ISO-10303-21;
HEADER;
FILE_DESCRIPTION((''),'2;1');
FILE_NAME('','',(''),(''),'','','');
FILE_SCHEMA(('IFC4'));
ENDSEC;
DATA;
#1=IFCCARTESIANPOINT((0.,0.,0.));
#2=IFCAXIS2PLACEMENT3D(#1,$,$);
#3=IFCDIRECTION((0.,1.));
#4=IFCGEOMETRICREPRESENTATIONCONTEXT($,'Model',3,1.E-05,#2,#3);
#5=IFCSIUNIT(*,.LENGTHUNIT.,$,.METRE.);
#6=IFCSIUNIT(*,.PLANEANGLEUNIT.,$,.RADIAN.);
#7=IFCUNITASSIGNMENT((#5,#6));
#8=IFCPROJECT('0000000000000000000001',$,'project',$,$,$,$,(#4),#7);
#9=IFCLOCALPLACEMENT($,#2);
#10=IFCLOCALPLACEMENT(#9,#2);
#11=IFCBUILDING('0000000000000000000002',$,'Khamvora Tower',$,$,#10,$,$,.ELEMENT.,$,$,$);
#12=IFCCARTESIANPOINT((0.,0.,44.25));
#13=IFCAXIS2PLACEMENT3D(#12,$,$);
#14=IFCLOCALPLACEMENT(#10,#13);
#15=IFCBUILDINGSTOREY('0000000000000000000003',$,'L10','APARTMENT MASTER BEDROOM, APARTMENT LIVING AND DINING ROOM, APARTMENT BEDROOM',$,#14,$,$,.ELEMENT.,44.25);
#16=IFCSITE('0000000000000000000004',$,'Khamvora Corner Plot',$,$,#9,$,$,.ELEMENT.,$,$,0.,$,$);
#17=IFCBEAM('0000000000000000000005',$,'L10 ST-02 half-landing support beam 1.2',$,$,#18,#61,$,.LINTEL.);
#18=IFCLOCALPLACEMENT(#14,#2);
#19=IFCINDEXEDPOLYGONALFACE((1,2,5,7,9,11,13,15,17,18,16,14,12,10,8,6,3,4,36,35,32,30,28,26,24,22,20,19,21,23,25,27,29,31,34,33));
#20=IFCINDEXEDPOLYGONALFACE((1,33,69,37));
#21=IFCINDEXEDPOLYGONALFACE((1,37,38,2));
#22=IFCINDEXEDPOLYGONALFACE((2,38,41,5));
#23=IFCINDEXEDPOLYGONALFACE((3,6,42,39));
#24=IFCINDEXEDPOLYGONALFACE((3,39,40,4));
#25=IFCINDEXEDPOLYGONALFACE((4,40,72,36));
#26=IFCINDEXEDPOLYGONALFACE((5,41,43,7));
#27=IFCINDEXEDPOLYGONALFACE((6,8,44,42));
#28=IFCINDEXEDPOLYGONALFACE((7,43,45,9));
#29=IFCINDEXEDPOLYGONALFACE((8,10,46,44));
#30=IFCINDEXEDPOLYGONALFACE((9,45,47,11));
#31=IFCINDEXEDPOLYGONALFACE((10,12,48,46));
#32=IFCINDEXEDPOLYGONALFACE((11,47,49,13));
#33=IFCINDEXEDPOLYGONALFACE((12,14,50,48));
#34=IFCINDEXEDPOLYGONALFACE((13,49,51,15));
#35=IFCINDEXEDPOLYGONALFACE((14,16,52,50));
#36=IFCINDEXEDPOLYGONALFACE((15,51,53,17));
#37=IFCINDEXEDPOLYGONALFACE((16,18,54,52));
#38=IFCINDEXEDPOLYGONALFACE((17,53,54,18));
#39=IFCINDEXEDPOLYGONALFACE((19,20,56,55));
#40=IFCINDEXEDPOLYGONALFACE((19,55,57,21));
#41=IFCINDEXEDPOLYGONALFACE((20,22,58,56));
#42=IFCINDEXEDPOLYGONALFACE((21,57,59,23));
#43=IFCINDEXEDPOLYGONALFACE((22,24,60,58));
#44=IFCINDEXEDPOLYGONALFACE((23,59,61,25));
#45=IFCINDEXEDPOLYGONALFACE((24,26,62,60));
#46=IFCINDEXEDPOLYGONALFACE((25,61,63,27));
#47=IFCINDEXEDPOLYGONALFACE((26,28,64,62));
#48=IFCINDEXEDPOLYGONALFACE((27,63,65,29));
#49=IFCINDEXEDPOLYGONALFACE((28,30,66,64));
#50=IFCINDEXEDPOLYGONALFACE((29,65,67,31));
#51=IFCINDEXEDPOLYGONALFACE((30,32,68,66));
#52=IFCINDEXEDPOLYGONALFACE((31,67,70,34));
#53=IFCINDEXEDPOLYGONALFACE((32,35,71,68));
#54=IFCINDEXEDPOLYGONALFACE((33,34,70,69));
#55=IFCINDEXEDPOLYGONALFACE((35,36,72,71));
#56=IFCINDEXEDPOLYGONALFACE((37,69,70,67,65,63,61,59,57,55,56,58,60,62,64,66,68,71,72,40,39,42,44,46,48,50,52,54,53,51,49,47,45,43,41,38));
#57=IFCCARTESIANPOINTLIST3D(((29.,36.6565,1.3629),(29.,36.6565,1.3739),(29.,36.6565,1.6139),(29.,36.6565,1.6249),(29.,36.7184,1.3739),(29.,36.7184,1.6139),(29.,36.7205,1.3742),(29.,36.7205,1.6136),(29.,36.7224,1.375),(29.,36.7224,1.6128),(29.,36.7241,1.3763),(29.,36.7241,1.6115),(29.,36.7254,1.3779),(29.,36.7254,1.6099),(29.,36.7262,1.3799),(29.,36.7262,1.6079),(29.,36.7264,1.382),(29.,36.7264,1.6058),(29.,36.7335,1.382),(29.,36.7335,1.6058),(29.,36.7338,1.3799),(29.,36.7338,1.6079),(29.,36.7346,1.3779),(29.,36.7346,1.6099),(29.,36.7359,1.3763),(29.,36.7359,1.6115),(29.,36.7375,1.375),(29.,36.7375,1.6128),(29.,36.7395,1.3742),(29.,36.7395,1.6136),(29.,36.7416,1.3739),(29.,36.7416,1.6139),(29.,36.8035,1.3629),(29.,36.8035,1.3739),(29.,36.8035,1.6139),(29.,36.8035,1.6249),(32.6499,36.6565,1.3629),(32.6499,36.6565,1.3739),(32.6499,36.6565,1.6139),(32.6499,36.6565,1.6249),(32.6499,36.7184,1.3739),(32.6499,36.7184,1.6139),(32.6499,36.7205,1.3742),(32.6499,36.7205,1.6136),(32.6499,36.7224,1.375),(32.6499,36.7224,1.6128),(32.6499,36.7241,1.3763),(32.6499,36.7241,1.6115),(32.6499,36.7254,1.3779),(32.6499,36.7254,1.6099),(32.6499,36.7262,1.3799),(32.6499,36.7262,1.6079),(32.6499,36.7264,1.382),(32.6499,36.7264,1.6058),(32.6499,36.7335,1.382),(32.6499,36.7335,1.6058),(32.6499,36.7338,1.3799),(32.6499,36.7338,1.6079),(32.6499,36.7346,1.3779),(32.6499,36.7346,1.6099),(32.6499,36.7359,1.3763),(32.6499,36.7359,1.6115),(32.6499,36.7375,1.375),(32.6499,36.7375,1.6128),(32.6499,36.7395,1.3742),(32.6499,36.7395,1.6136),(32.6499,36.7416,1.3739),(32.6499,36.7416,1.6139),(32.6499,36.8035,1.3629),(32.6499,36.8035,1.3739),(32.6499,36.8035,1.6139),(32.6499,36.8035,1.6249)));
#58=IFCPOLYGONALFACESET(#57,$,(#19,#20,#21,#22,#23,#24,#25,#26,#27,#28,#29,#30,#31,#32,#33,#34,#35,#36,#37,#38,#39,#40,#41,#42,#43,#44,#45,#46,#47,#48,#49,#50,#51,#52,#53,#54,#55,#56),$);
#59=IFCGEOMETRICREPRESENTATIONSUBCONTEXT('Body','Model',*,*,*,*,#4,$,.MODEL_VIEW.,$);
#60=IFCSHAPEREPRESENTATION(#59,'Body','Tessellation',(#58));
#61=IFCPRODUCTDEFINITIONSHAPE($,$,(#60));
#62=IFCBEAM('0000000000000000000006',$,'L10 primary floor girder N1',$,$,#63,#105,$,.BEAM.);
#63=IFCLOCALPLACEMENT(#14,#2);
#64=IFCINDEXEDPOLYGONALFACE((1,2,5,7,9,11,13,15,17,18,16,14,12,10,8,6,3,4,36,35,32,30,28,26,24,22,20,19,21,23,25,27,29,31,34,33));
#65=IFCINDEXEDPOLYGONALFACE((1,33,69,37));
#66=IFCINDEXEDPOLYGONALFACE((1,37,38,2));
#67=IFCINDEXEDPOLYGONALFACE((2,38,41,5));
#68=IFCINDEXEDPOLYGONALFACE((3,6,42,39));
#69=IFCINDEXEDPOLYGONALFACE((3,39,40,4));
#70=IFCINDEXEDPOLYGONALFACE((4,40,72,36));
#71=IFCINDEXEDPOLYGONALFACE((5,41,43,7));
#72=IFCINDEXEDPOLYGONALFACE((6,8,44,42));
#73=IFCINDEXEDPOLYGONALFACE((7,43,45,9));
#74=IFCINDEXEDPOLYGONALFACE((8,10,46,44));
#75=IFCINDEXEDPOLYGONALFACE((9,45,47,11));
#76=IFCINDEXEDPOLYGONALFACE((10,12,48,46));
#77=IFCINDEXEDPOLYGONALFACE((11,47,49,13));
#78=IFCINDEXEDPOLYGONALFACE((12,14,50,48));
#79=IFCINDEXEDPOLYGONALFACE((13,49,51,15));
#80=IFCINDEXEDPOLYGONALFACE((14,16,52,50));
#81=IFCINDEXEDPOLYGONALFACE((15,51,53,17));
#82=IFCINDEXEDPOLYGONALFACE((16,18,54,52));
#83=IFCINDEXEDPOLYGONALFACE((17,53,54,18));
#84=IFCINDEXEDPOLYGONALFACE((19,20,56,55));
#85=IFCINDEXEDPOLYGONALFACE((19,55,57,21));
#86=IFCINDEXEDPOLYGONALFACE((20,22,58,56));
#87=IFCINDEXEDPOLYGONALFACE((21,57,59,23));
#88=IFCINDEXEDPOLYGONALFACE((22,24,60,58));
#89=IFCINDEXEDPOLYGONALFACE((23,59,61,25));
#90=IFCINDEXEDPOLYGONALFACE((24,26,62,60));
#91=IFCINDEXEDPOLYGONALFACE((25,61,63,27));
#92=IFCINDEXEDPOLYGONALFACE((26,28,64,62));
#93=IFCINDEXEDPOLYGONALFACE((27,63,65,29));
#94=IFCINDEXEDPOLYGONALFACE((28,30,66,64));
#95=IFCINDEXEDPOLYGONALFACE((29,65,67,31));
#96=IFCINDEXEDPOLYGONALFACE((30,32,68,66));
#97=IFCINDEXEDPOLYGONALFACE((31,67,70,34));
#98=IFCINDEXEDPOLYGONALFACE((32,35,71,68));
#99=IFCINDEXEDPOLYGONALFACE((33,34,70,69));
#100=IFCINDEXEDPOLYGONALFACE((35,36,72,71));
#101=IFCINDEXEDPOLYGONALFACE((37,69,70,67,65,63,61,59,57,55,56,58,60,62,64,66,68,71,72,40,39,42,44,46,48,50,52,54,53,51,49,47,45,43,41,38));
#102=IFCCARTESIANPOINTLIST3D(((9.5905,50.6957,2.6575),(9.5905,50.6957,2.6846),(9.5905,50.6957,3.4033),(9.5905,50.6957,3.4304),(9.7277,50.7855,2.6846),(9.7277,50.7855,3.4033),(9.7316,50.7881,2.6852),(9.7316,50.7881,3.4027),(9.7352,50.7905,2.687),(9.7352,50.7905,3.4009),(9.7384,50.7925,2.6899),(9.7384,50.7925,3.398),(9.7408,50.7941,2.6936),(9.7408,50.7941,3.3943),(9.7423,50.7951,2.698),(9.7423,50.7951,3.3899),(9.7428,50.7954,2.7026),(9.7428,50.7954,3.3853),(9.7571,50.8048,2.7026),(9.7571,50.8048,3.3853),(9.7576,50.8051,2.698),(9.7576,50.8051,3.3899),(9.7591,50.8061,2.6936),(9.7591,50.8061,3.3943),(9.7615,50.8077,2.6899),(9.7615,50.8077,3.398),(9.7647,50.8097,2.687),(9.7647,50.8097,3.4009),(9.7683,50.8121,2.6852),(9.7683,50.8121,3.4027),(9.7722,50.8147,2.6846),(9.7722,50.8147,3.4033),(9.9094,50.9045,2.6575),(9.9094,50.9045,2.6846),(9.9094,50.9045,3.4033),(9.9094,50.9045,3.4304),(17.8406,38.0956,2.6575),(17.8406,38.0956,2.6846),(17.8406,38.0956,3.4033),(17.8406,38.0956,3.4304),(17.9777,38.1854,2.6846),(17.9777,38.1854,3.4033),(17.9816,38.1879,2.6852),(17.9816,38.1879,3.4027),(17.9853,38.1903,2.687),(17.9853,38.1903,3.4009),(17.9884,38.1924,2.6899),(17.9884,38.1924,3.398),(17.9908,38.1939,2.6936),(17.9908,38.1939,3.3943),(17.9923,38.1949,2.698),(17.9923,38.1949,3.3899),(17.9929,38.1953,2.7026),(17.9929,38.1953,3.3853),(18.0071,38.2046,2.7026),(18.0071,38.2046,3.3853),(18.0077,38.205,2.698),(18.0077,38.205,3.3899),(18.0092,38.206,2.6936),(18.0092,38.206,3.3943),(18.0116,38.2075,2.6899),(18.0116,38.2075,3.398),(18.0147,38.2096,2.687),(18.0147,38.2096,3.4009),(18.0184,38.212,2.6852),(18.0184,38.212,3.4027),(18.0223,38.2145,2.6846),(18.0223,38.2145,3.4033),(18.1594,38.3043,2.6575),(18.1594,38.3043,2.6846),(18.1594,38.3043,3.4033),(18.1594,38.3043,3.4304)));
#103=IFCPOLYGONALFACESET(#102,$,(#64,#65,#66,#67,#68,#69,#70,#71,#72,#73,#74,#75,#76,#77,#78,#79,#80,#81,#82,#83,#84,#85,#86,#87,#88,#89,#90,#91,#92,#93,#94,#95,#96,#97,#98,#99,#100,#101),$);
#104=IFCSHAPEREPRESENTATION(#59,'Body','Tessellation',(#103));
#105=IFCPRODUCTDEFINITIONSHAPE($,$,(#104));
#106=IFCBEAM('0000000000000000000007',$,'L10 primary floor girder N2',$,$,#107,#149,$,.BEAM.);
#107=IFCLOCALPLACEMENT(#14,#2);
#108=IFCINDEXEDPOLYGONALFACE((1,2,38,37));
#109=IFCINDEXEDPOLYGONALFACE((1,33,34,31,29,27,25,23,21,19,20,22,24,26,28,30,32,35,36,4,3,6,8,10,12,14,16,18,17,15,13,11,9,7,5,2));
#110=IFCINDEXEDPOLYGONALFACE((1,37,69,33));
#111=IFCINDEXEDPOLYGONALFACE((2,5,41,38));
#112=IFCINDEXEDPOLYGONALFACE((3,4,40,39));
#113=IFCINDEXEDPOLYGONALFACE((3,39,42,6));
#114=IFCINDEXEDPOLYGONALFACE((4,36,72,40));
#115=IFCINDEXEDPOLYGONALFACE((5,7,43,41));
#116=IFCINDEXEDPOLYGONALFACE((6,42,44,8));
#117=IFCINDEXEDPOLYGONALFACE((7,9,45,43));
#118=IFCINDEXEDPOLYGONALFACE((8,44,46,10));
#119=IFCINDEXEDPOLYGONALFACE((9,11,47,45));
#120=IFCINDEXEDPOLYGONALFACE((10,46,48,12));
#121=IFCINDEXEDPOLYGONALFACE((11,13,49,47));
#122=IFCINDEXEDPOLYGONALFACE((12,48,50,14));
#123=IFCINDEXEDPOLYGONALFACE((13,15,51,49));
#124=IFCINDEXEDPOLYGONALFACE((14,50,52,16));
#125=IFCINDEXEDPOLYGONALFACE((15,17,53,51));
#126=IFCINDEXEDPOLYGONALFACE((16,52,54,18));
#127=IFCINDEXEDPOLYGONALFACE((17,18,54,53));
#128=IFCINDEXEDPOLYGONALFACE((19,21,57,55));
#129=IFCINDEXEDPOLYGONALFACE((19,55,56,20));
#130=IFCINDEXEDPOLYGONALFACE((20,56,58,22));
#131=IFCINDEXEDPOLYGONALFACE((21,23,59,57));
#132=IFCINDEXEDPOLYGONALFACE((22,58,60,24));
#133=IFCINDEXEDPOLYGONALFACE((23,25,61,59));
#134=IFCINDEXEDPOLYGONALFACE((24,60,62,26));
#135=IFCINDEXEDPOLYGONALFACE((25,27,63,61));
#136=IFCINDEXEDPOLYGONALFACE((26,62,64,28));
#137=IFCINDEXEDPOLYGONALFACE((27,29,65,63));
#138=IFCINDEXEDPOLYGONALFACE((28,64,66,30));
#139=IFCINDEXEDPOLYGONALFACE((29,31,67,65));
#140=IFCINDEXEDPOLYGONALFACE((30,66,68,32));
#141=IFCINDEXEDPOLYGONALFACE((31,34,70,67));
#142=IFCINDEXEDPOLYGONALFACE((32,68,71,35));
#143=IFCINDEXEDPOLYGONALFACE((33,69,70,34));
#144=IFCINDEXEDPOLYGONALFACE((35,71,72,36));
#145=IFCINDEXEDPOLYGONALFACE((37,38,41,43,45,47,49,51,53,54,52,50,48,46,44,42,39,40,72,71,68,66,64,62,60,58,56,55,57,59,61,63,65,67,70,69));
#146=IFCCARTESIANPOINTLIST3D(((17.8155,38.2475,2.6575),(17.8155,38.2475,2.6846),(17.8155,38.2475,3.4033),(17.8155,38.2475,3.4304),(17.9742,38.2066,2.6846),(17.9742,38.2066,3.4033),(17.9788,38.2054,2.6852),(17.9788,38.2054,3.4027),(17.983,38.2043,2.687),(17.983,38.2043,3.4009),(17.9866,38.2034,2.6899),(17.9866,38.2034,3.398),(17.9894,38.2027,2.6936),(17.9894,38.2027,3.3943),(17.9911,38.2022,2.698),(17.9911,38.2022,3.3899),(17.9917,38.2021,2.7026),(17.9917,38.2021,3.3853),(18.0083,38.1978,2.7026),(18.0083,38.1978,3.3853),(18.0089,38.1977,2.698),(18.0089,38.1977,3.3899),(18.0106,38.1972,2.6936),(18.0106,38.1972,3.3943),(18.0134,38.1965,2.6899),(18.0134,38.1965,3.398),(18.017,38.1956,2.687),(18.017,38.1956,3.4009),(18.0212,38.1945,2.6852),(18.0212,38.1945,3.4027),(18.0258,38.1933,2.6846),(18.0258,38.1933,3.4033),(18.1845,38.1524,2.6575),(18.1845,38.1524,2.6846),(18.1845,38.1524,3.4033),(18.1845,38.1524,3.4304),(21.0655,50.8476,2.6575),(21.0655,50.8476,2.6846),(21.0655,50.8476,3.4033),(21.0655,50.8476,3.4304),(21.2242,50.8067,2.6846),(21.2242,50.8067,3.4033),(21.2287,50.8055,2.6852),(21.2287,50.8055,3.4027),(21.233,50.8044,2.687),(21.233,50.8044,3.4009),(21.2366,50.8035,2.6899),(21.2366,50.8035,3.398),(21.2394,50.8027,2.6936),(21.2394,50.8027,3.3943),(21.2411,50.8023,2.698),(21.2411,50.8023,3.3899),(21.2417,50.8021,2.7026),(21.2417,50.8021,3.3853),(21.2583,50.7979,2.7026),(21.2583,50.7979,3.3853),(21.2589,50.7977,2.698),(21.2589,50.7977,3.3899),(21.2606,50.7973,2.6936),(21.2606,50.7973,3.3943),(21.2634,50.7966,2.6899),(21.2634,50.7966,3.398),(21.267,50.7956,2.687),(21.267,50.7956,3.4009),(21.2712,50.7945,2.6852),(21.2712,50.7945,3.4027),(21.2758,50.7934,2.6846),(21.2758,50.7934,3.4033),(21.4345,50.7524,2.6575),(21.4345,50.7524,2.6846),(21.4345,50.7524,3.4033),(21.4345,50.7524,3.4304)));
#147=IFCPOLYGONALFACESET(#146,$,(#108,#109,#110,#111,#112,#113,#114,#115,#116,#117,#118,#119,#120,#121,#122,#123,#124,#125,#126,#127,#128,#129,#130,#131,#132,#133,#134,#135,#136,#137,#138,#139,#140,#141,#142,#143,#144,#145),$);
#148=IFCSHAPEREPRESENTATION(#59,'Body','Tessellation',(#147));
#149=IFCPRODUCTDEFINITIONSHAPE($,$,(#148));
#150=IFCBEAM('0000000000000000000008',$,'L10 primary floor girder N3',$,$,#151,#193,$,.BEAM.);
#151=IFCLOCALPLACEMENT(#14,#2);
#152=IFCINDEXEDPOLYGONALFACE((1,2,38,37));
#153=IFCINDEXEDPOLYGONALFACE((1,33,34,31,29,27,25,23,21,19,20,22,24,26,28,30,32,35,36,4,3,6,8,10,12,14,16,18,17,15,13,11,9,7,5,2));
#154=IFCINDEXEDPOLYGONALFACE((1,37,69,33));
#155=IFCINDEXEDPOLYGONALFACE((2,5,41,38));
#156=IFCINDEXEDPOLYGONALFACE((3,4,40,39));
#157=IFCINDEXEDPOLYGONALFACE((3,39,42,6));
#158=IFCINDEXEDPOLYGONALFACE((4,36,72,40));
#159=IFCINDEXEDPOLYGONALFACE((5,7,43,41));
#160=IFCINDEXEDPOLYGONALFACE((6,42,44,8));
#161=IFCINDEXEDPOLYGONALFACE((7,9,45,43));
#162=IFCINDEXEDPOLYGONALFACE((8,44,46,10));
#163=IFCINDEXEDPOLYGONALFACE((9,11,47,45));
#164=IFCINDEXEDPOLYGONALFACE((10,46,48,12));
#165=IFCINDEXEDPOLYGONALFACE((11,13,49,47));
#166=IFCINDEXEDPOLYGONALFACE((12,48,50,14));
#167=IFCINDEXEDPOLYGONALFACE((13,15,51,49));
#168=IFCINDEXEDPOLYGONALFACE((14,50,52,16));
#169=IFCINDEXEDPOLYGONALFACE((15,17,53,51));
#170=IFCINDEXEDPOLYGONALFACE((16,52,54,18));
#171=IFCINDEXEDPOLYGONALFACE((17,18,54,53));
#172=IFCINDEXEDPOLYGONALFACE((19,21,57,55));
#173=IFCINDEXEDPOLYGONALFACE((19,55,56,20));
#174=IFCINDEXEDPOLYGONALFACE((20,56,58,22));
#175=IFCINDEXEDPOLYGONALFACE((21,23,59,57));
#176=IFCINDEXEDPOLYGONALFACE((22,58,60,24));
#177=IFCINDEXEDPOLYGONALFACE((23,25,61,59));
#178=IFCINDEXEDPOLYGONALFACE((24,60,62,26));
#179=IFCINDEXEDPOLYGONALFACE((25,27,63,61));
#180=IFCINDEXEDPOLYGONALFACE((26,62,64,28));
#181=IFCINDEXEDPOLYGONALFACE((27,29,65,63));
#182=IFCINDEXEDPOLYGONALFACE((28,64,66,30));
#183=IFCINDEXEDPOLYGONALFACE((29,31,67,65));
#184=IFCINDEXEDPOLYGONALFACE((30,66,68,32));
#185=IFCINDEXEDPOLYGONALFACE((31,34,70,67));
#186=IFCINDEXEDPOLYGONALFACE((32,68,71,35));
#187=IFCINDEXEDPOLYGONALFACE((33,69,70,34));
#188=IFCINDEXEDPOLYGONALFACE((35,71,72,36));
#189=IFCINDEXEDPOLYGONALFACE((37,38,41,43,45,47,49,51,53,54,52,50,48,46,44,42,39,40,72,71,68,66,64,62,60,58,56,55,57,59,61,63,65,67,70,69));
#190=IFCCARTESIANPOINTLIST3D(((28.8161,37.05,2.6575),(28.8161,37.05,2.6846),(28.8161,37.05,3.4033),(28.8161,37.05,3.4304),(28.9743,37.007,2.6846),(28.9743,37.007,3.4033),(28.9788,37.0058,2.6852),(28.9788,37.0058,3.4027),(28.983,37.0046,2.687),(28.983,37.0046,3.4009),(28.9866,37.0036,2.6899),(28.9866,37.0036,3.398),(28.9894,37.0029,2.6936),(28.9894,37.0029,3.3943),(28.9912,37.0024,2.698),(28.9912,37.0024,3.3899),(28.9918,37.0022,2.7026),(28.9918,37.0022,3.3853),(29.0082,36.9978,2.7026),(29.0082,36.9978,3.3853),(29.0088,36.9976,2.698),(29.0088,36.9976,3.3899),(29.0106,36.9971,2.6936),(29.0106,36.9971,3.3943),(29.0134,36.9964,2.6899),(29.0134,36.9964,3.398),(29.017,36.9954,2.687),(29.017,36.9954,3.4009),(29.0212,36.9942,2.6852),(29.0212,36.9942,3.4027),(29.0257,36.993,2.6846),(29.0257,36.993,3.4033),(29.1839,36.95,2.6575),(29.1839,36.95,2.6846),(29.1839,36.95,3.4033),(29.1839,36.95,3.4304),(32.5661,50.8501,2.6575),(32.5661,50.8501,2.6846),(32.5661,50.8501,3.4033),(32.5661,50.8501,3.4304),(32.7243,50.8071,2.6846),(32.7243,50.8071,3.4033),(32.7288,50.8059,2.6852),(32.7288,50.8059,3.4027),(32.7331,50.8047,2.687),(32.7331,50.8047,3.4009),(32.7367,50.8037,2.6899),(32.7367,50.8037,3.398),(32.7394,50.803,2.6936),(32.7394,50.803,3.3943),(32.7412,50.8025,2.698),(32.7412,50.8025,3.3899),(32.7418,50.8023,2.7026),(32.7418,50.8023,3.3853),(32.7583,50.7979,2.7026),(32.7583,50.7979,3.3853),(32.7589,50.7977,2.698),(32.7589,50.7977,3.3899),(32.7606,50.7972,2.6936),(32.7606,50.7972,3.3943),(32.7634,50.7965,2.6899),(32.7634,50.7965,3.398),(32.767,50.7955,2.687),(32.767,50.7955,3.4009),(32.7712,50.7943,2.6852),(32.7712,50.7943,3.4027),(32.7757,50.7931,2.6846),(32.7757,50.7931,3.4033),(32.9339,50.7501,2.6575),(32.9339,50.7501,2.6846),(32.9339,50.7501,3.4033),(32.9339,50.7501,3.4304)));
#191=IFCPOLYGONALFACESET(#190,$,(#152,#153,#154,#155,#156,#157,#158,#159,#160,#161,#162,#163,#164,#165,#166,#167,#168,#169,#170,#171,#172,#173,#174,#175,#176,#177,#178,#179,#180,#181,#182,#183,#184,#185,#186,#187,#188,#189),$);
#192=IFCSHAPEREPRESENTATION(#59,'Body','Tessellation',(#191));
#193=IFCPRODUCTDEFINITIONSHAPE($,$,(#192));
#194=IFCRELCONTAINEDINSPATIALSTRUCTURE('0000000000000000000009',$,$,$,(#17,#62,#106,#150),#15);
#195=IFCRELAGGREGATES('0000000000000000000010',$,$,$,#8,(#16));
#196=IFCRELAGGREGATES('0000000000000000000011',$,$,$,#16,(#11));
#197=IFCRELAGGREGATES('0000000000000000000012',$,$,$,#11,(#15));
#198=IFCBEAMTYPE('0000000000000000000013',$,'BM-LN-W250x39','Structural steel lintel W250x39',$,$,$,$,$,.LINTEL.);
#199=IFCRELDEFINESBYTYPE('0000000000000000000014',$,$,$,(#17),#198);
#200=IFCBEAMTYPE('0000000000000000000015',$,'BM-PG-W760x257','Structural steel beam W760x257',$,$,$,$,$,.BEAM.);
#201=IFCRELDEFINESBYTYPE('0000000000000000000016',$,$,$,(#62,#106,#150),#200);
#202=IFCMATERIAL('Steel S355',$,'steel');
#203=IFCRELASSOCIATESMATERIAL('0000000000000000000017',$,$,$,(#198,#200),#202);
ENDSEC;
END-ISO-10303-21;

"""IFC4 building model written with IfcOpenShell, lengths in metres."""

from ifc_helpers import new_model, si_unit, direction, frame, origin, origin_2d, place, context, subcontext, project, spatial, i_section, extrude, material, material_profile, profile_set, type_object, element, save


model = new_model("IFC4")

# Units and contexts
model_context = context("Model", 3, precision=1e-05, world=origin(), true_north=direction((0.0, 1.0)))
body_context = subcontext(model_context, "Body", "Model", "MODEL_VIEW")
ifc_project = project(units=[si_unit("LENGTHUNIT", "METRE"), si_unit("PLANEANGLEUNIT", "RADIAN")], contexts=[model_context])

# Site, building, storey
site_placement = place(None, origin())
site = spatial("IfcSite", under=ifc_project, at=site_placement, Name="Khamvora Corner Plot", CompositionType="ELEMENT", RefElevation=0.0)
building_placement = place(site_placement, origin())
building = spatial("IfcBuilding", under=site, at=building_placement, Name="Khamvora Tower", CompositionType="ELEMENT")
storey_placement = place(building_placement, frame((0.0, 0.0, 44.25)))
storey = spatial("IfcBuildingStorey", under=building, at=storey_placement, Name="L10", Description="APARTMENT MASTER BEDROOM, APARTMENT LIVING AND DINING ROOM, APARTMENT BEDROOM", CompositionType="ELEMENT", Elevation=44.25)

# Beams
ifc_material_1 = material(Name="Steel S355", Category="steel")
ifc_material_profile_1 = material_profile(ifc_material_1, i_section(OverallWidth=0.147, OverallDepth=0.262, WebThickness=0.0071, FlangeThickness=0.011, FilletRadius=0.0081, at=origin_2d()), Name="W250x39")
ifc_profile_set_1 = profile_set([ifc_material_profile_1], Name="Steel S355")
beam_type_1 = type_object("IfcBeamType", Name="BM-LN-W250x39", Description="Structural steel lintel W250x39", PredefinedType="LINTEL", material=ifc_profile_set_1)
beam_1_placement = place(storey_placement, frame((29.0, 36.73, 1.4939), z_axis=(1.0, 0.0, 0.0), x_axis=(0.0, 1.0, 0.0)))
element("IfcBeam", 1, at=beam_1_placement, inside=storey, type_object=beam_type_1, Name="L10 ST-02 half-landing support beam 1.2", PredefinedType="LINTEL", context=body_context, shape_type="SweptSolid", body=[
    extrude(i_section(OverallWidth=0.147, OverallDepth=0.262, WebThickness=0.0071, FlangeThickness=0.011, FilletRadius=0.0081, at=origin_2d()), origin(), (0.0, 0.0, 1.0), 3.6499),
])
ifc_material_profile_2 = material_profile(ifc_material_1, i_section(OverallWidth=0.3811, OverallDepth=0.7729, WebThickness=0.0171, FlangeThickness=0.0271, FilletRadius=0.0181, at=origin_2d()), Name="W760x257")
ifc_profile_set_2 = profile_set([ifc_material_profile_2], Name="Steel S355")
beam_type_2 = type_object("IfcBeamType", Name="BM-PG-W760x257", Description="Structural steel beam W760x257", PredefinedType="BEAM", material=ifc_profile_set_2)
beam_2_placement = place(storey_placement, frame((18.0, 38.2, 3.0439), z_axis=(-0.547783, 0.83662, 0.0), x_axis=(-0.83662, -0.547783, 0.0)))
element("IfcBeam", 2, at=beam_2_placement, inside=storey, type_object=beam_type_2, Name="L10 primary floor girder N1", PredefinedType="BEAM", context=body_context, shape_type="SweptSolid", body=[
    extrude(i_section(OverallWidth=0.3811, OverallDepth=0.7729, WebThickness=0.0171, FlangeThickness=0.0271, FilletRadius=0.0181, at=origin_2d()), origin(), (0.0, 0.0, 1.0), 15.0608),
])
beam_3_placement = place(storey_placement, frame((18.0, 38.2, 3.0439), z_axis=(0.24976, 0.968308, 0.0), x_axis=(-0.968308, 0.24976, 0.0)))
element("IfcBeam", 3, at=beam_3_placement, inside=storey, type_object=beam_type_2, Name="L10 primary floor girder N2", PredefinedType="BEAM", context=body_context, shape_type="SweptSolid", body=[
    extrude(i_section(OverallWidth=0.3811, OverallDepth=0.7729, WebThickness=0.0171, FlangeThickness=0.0271, FilletRadius=0.0181, at=origin_2d()), origin(), (0.0, 0.0, 1.0), 13.0125),
])
beam_4_placement = place(storey_placement, frame((29.0, 37.0, 3.0439), z_axis=(0.262229, 0.965006, 0.0), x_axis=(-0.965006, 0.262229, 0.0)))
element("IfcBeam", 4, at=beam_4_placement, inside=storey, type_object=beam_type_2, Name="L10 primary floor girder N3", PredefinedType="BEAM", context=body_context, shape_type="SweptSolid", body=[
    extrude(i_section(OverallWidth=0.3811, OverallDepth=0.7729, WebThickness=0.0171, FlangeThickness=0.0271, FilletRadius=0.0181, at=origin_2d()), origin(), (0.0, 0.0, 1.0), 14.3005),
])

save(model, "model.ifc")
